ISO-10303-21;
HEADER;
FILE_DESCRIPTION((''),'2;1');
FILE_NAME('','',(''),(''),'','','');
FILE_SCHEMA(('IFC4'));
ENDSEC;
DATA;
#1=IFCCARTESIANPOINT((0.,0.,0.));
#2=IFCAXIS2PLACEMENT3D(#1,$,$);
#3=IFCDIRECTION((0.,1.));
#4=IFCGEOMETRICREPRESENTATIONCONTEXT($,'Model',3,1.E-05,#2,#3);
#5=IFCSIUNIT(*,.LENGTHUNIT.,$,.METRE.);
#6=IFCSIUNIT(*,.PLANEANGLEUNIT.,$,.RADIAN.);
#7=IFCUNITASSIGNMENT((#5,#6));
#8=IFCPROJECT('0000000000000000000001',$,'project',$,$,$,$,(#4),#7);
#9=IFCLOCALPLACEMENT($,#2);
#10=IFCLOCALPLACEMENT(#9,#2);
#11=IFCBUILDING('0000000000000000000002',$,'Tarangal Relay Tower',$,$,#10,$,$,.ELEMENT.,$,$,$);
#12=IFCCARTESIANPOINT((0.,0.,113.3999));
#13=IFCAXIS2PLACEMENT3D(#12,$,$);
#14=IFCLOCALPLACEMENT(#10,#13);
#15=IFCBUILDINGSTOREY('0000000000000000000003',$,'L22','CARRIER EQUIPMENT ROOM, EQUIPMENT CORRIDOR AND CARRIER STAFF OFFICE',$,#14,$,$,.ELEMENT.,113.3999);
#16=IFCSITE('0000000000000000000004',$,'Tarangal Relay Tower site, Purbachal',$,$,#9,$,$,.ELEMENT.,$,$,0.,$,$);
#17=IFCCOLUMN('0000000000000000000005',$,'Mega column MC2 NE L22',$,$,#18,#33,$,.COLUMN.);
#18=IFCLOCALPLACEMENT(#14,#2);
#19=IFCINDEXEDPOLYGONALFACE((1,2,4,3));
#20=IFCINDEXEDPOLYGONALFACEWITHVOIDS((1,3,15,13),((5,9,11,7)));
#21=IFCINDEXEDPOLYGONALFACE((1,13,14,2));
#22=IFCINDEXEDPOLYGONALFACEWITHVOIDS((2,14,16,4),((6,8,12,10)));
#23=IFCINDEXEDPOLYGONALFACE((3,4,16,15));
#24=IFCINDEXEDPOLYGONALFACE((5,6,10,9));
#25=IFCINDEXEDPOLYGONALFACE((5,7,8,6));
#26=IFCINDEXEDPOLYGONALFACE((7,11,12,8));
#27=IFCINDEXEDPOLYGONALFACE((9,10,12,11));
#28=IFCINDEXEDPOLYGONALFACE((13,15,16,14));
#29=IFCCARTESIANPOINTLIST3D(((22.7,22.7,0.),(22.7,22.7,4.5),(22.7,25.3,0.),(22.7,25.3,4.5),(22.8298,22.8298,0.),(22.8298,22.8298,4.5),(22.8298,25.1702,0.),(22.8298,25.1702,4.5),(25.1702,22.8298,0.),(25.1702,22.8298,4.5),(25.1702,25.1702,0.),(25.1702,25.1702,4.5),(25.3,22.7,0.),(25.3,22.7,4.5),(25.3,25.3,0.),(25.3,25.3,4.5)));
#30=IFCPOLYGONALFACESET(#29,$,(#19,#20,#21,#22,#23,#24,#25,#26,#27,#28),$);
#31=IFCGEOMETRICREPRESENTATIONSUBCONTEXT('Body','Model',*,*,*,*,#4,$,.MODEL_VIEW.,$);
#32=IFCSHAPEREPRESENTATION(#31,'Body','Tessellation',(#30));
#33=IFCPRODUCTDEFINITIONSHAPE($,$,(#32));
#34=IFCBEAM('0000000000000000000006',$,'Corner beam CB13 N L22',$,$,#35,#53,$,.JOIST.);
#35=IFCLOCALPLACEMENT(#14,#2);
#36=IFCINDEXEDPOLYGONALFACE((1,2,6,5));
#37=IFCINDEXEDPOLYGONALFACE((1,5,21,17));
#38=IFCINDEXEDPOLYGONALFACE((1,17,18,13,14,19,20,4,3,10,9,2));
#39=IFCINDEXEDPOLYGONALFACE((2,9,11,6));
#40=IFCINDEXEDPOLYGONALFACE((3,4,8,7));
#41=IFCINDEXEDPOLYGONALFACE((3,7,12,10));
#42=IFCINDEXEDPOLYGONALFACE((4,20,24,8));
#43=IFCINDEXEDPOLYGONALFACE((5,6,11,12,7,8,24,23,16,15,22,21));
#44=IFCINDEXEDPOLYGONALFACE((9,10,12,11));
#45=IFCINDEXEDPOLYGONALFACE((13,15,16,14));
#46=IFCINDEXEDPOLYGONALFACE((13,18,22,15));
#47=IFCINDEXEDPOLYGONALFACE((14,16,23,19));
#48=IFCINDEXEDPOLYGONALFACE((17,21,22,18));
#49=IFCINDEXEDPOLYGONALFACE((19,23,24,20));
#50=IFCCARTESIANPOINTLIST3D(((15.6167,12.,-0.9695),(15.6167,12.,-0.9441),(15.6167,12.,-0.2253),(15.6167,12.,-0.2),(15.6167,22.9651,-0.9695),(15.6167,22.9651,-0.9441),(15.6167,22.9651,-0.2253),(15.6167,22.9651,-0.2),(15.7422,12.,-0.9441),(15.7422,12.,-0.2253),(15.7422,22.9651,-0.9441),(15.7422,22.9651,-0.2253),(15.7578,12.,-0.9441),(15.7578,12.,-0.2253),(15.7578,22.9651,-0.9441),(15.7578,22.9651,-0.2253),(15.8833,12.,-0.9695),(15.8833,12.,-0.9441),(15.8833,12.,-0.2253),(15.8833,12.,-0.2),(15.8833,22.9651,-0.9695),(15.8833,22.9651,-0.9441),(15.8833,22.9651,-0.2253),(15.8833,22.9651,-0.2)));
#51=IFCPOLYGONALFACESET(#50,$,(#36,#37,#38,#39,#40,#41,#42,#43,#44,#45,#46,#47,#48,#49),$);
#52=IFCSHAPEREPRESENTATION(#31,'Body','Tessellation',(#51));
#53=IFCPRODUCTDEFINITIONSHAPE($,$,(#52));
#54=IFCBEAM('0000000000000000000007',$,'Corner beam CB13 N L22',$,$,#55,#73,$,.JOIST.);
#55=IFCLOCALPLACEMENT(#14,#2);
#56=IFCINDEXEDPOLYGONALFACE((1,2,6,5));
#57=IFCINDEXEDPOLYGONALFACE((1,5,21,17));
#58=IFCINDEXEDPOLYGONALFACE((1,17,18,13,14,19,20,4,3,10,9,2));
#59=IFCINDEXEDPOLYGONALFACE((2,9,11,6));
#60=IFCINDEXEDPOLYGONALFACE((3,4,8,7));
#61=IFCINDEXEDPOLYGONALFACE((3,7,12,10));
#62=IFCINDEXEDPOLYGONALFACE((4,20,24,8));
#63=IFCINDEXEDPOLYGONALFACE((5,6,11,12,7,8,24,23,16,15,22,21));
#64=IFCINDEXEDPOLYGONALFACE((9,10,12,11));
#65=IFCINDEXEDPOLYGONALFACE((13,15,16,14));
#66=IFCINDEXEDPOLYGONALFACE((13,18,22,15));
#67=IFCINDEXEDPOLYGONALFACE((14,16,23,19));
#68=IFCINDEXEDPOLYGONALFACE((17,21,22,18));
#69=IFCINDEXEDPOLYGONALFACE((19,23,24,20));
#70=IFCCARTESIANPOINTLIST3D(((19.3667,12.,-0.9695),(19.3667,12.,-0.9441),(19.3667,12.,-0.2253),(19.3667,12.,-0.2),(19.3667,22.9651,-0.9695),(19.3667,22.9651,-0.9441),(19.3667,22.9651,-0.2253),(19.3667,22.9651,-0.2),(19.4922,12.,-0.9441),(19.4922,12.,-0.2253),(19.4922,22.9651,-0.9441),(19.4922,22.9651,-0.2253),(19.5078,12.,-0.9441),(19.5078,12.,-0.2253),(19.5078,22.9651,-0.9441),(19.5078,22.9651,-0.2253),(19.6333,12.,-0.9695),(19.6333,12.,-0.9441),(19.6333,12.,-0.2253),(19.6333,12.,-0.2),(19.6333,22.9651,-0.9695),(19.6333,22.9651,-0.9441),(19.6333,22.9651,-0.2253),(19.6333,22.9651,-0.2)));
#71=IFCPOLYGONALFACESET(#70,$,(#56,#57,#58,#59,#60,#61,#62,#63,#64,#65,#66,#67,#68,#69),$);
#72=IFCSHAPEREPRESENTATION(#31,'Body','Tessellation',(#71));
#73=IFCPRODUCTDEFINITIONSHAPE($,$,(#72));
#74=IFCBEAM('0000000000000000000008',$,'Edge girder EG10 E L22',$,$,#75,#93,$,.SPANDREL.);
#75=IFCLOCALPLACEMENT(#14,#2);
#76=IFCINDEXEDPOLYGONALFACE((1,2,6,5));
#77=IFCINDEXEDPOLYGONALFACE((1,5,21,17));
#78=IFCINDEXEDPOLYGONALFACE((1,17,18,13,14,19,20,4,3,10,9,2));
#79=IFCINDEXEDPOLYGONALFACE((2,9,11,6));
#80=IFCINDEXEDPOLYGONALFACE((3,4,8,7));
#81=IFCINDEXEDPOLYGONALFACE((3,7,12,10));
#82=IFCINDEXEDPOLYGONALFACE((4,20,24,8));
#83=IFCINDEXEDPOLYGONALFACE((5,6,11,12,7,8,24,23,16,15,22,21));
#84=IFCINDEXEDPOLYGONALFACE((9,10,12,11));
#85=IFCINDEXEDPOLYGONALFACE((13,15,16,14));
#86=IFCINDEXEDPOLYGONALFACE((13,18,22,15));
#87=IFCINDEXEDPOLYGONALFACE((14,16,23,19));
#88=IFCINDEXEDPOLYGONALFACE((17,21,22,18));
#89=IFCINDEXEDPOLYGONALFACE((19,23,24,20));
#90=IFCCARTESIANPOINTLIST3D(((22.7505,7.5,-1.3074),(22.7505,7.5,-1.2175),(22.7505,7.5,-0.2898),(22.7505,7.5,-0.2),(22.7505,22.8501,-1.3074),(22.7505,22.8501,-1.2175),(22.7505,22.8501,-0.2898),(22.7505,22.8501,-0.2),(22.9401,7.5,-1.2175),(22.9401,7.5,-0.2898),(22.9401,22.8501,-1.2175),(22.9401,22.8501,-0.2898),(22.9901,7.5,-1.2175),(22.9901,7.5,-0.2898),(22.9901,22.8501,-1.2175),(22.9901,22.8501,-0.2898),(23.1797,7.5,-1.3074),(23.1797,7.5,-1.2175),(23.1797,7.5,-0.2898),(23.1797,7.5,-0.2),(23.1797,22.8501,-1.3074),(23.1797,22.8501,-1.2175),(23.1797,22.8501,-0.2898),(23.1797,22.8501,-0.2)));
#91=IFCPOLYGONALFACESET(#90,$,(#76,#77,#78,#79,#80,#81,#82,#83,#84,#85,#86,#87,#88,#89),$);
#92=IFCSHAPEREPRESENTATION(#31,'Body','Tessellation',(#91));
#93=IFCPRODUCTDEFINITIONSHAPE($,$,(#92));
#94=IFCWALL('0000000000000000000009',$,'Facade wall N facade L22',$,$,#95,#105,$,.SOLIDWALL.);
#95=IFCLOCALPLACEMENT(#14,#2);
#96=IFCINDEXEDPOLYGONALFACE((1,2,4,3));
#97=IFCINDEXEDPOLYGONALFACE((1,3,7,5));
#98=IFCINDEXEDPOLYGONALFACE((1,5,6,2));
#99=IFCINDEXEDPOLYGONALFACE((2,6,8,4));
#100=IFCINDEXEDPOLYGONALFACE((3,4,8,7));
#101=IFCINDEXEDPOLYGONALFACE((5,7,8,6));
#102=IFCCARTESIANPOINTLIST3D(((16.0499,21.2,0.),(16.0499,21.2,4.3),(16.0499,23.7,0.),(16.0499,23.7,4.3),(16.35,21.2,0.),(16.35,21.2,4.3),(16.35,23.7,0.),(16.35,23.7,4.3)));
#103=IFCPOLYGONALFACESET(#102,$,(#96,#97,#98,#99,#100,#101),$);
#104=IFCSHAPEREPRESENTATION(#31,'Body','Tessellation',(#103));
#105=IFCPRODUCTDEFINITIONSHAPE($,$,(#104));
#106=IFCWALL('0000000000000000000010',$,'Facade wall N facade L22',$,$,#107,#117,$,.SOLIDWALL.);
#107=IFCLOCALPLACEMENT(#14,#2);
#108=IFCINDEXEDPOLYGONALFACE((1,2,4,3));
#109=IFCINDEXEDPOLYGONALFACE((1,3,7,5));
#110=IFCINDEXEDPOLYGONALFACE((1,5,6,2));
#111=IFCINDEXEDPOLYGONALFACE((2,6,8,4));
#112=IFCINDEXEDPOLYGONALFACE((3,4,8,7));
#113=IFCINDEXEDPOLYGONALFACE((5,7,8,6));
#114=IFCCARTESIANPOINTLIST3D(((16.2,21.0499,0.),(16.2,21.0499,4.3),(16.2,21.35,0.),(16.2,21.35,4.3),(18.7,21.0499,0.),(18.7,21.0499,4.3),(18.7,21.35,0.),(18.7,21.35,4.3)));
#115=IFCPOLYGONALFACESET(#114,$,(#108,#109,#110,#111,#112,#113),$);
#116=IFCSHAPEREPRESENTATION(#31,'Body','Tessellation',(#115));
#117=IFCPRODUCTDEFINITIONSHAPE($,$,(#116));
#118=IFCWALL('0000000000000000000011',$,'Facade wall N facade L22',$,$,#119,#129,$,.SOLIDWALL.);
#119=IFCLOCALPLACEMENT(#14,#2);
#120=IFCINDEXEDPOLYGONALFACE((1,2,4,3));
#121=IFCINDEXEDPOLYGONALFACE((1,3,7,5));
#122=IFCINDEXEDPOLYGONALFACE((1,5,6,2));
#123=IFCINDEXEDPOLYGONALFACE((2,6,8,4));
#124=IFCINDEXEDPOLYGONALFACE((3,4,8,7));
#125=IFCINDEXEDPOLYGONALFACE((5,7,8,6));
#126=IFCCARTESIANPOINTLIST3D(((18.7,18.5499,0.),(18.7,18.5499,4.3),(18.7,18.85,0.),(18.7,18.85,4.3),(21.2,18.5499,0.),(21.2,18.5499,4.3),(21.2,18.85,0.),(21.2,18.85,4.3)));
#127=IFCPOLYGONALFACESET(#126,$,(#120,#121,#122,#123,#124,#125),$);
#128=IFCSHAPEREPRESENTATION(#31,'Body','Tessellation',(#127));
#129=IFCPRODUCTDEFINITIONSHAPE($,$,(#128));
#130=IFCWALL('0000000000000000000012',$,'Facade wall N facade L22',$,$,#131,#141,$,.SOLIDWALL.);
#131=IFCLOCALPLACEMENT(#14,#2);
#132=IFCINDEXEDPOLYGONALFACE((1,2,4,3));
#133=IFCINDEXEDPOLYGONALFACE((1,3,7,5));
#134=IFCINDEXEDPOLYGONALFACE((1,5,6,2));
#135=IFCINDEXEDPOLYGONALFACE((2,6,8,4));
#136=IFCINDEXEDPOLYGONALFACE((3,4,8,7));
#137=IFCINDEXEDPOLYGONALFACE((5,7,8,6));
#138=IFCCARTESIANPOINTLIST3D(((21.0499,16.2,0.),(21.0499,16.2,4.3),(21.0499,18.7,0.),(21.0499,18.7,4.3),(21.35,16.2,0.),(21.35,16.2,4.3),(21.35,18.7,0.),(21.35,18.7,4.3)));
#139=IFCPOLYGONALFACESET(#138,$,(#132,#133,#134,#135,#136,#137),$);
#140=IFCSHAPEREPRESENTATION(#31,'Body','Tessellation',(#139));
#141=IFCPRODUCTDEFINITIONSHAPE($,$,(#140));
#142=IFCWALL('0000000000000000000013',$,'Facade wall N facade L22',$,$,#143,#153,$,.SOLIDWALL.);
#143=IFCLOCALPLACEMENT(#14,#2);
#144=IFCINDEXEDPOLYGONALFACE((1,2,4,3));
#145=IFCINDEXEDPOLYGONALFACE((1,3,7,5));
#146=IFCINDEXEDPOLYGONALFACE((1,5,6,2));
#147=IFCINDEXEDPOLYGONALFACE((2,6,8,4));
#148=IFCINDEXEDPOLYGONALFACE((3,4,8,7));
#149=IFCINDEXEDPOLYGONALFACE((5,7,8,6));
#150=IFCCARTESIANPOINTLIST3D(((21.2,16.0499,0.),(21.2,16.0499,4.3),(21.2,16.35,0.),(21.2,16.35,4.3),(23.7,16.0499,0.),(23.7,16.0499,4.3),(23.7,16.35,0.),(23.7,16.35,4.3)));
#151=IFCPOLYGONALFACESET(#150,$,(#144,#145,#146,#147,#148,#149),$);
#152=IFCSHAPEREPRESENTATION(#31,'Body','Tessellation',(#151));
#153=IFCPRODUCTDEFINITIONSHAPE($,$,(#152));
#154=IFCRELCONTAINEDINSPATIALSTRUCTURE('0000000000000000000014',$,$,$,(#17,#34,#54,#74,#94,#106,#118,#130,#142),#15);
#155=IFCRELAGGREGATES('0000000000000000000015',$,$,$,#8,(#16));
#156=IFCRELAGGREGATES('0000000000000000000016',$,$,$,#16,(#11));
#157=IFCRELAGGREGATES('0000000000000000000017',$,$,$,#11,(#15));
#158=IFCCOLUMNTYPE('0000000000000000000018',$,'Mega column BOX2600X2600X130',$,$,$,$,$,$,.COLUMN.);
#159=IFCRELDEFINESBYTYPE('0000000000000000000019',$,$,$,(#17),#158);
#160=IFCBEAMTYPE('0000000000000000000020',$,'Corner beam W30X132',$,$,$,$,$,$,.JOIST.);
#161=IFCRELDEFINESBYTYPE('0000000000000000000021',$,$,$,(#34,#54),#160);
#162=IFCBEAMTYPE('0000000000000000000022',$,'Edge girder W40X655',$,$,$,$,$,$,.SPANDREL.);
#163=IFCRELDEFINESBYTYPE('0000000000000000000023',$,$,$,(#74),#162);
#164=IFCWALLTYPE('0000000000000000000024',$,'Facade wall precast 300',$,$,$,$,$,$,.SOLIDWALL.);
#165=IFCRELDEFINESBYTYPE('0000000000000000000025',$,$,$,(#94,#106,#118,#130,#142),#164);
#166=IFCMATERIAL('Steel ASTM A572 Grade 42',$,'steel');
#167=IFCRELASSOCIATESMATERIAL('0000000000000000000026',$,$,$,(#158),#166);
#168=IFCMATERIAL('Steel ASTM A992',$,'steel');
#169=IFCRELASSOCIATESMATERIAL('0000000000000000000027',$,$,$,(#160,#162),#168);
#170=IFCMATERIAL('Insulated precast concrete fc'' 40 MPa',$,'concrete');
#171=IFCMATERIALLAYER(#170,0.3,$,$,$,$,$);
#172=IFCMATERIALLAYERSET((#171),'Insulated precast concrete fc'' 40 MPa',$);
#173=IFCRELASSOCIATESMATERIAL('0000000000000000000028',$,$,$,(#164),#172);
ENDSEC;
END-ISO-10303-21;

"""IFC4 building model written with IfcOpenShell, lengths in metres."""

from ifc_helpers import new_model, si_unit, direction, frame, frame_2d, origin, origin_2d, place, context, subcontext, project, spatial, rectangle, hollow_rectangle, i_section, extrude, material, layer, layer_set, material_profile, profile_set, type_object, element, save


model = new_model("IFC4")

# Units and contexts
model_context = context("Model", 3, precision=1e-05, world=origin(), true_north=direction((0.0, 1.0)))
body_context = subcontext(model_context, "Body", "Model", "MODEL_VIEW")
ifc_project = project(units=[si_unit("LENGTHUNIT", "METRE"), si_unit("PLANEANGLEUNIT", "RADIAN")], contexts=[model_context])

# Site, building, storey
site_placement = place(None, origin())
site = spatial("IfcSite", under=ifc_project, at=site_placement, Name="Tarangal Relay Tower site, Purbachal", CompositionType="ELEMENT", RefElevation=0.0)
building_placement = place(site_placement, origin())
building = spatial("IfcBuilding", under=site, at=building_placement, Name="Tarangal Relay Tower", CompositionType="ELEMENT")
storey_placement = place(building_placement, frame((0.0, 0.0, 113.3999)))
storey = spatial("IfcBuildingStorey", under=building, at=storey_placement, Name="L22", Description="CARRIER EQUIPMENT ROOM, EQUIPMENT CORRIDOR AND CARRIER STAFF OFFICE", CompositionType="ELEMENT", Elevation=113.3999)

# Column
ifc_material_1 = material(Name="Steel ASTM A572 Grade 42", Category="steel")
ifc_material_profile_1 = material_profile(ifc_material_1, hollow_rectangle(XDim=2.6001, YDim=2.6001, WallThickness=0.1299, at=origin_2d()), Name="BOX2600X2600X130")
ifc_profile_set_1 = profile_set([ifc_material_profile_1], Name="Steel ASTM A572 Grade 42")
column_type = type_object("IfcColumnType", Name="Mega column BOX2600X2600X130", PredefinedType="COLUMN", material=ifc_profile_set_1)
column_placement = place(storey_placement, frame((24.0, 24.0, 0.0), z_axis=(0.0, 0.0, 1.0), x_axis=(1.0, 0.0, 0.0)))
element("IfcColumn", 1, at=column_placement, inside=storey, type_object=column_type, Name="Mega column MC2 NE L22", PredefinedType="COLUMN", context=body_context, shape_type="SweptSolid", body=[
    extrude(hollow_rectangle(XDim=2.6001, YDim=2.6001, WallThickness=0.1299, at=origin_2d()), origin(), (0.0, 0.0, 1.0), 4.5),
])

# Beams
ifc_material_2 = material(Name="Steel ASTM A992", Category="steel")
ifc_material_profile_2 = material_profile(ifc_material_2, i_section(OverallWidth=0.2666, OverallDepth=0.7695, WebThickness=0.0156, FlangeThickness=0.0254, at=origin_2d()), Name="W30X132")
ifc_profile_set_2 = profile_set([ifc_material_profile_2], Name="Steel ASTM A992")
beam_type_1 = type_object("IfcBeamType", Name="Corner beam W30X132", PredefinedType="JOIST", material=ifc_profile_set_2)
for number, where, z_axis, x_axis, name in (
    (2, (15.75, 12.0, -0.5847), (0.0, 1.0, 0.0), (-1.0, 0.0, 0.0), "Corner beam CB13 N L22"),
    (3, (19.5, 12.0, -0.5847), (0.0, 1.0, 0.0), (-1.0, 0.0, 0.0), "Corner beam CB13 N L22"),
):
    element("IfcBeam", number, at=place(storey_placement, frame(where, z_axis=z_axis, x_axis=x_axis)), inside=storey, type_object=beam_type_1, Name=name, PredefinedType="JOIST", context=body_context, shape_type="SweptSolid", body=[
        extrude(i_section(OverallWidth=0.2666, OverallDepth=0.7695, WebThickness=0.0156, FlangeThickness=0.0254, at=origin_2d()), origin(), (0.0, 0.0, 1.0), 10.9651),
    ])
ifc_material_profile_3 = material_profile(ifc_material_2, i_section(OverallWidth=0.4292, OverallDepth=1.1074, WebThickness=0.05, FlangeThickness=0.0898, at=origin_2d()), Name="W40X655")
ifc_profile_set_3 = profile_set([ifc_material_profile_3], Name="Steel ASTM A992")
beam_type_2 = type_object("IfcBeamType", Name="Edge girder W40X655", PredefinedType="SPANDREL", material=ifc_profile_set_3)
beam_placement = place(storey_placement, frame((22.9651, 22.8501, -0.7537), z_axis=(0.0, -1.0, 0.0), x_axis=(1.0, 0.0, 0.0)))
element("IfcBeam", 4, at=beam_placement, inside=storey, type_object=beam_type_2, Name="Edge girder EG10 E L22", PredefinedType="SPANDREL", context=body_context, shape_type="SweptSolid", body=[
    extrude(i_section(OverallWidth=0.4292, OverallDepth=1.1074, WebThickness=0.05, FlangeThickness=0.0898, at=origin_2d()), origin(), (0.0, 0.0, 1.0), 15.3501),
])

# Walls
ifc_material_3 = material(Name="Insulated precast concrete fc' 40 MPa", Category="concrete")
ifc_layer_1 = layer(ifc_material_3, 0.3)
ifc_layer_set_1 = layer_set([ifc_layer_1], Name="Insulated precast concrete fc' 40 MPa")
wall_type_1 = type_object("IfcWallType", Name="Facade wall precast 300", PredefinedType="SOLIDWALL", material=ifc_layer_set_1)
for number, where, z_axis, x_axis, name in (
    (5, (16.2, 23.7, 0.0), (0.0, 0.0, 1.0), (0.0, -1.0, 0.0), "Facade wall N facade L22"),
    (6, (16.2, 21.2, 0.0), (0.0, 0.0, 1.0), (1.0, 0.0, 0.0), "Facade wall N facade L22"),
):
    element("IfcWall", number, at=place(storey_placement, frame(where, z_axis=z_axis, x_axis=x_axis)), inside=storey, type_object=wall_type_1, Name=name, PredefinedType="SOLIDWALL", context=body_context, shape_type="SweptSolid", body=[
        extrude(rectangle(XDim=2.5, YDim=0.3, at=frame_2d((1.25, 0.0))), origin(), (0.0, 0.0, 1.0), 4.3),
    ])

# Walls
for number, where, z_axis, x_axis, name in (
    (7, (18.7, 18.7, 0.0), (0.0, 0.0, 1.0), (1.0, 0.0, 0.0), "Facade wall N facade L22"),
    (8, (21.2, 18.7, 0.0), (0.0, 0.0, 1.0), (0.0, -1.0, 0.0), "Facade wall N facade L22"),
    (9, (21.2, 16.2, 0.0), (0.0, 0.0, 1.0), (1.0, 0.0, 0.0), "Facade wall N facade L22"),
):
    element("IfcWall", number, at=place(storey_placement, frame(where, z_axis=z_axis, x_axis=x_axis)), inside=storey, type_object=wall_type_1, Name=name, PredefinedType="SOLIDWALL", context=body_context, shape_type="SweptSolid", body=[
        extrude(rectangle(XDim=2.5, YDim=0.3, at=frame_2d((1.25, 0.0))), origin(), (0.0, 0.0, 1.0), 4.3),
    ])

save(model, "model.ifc")
